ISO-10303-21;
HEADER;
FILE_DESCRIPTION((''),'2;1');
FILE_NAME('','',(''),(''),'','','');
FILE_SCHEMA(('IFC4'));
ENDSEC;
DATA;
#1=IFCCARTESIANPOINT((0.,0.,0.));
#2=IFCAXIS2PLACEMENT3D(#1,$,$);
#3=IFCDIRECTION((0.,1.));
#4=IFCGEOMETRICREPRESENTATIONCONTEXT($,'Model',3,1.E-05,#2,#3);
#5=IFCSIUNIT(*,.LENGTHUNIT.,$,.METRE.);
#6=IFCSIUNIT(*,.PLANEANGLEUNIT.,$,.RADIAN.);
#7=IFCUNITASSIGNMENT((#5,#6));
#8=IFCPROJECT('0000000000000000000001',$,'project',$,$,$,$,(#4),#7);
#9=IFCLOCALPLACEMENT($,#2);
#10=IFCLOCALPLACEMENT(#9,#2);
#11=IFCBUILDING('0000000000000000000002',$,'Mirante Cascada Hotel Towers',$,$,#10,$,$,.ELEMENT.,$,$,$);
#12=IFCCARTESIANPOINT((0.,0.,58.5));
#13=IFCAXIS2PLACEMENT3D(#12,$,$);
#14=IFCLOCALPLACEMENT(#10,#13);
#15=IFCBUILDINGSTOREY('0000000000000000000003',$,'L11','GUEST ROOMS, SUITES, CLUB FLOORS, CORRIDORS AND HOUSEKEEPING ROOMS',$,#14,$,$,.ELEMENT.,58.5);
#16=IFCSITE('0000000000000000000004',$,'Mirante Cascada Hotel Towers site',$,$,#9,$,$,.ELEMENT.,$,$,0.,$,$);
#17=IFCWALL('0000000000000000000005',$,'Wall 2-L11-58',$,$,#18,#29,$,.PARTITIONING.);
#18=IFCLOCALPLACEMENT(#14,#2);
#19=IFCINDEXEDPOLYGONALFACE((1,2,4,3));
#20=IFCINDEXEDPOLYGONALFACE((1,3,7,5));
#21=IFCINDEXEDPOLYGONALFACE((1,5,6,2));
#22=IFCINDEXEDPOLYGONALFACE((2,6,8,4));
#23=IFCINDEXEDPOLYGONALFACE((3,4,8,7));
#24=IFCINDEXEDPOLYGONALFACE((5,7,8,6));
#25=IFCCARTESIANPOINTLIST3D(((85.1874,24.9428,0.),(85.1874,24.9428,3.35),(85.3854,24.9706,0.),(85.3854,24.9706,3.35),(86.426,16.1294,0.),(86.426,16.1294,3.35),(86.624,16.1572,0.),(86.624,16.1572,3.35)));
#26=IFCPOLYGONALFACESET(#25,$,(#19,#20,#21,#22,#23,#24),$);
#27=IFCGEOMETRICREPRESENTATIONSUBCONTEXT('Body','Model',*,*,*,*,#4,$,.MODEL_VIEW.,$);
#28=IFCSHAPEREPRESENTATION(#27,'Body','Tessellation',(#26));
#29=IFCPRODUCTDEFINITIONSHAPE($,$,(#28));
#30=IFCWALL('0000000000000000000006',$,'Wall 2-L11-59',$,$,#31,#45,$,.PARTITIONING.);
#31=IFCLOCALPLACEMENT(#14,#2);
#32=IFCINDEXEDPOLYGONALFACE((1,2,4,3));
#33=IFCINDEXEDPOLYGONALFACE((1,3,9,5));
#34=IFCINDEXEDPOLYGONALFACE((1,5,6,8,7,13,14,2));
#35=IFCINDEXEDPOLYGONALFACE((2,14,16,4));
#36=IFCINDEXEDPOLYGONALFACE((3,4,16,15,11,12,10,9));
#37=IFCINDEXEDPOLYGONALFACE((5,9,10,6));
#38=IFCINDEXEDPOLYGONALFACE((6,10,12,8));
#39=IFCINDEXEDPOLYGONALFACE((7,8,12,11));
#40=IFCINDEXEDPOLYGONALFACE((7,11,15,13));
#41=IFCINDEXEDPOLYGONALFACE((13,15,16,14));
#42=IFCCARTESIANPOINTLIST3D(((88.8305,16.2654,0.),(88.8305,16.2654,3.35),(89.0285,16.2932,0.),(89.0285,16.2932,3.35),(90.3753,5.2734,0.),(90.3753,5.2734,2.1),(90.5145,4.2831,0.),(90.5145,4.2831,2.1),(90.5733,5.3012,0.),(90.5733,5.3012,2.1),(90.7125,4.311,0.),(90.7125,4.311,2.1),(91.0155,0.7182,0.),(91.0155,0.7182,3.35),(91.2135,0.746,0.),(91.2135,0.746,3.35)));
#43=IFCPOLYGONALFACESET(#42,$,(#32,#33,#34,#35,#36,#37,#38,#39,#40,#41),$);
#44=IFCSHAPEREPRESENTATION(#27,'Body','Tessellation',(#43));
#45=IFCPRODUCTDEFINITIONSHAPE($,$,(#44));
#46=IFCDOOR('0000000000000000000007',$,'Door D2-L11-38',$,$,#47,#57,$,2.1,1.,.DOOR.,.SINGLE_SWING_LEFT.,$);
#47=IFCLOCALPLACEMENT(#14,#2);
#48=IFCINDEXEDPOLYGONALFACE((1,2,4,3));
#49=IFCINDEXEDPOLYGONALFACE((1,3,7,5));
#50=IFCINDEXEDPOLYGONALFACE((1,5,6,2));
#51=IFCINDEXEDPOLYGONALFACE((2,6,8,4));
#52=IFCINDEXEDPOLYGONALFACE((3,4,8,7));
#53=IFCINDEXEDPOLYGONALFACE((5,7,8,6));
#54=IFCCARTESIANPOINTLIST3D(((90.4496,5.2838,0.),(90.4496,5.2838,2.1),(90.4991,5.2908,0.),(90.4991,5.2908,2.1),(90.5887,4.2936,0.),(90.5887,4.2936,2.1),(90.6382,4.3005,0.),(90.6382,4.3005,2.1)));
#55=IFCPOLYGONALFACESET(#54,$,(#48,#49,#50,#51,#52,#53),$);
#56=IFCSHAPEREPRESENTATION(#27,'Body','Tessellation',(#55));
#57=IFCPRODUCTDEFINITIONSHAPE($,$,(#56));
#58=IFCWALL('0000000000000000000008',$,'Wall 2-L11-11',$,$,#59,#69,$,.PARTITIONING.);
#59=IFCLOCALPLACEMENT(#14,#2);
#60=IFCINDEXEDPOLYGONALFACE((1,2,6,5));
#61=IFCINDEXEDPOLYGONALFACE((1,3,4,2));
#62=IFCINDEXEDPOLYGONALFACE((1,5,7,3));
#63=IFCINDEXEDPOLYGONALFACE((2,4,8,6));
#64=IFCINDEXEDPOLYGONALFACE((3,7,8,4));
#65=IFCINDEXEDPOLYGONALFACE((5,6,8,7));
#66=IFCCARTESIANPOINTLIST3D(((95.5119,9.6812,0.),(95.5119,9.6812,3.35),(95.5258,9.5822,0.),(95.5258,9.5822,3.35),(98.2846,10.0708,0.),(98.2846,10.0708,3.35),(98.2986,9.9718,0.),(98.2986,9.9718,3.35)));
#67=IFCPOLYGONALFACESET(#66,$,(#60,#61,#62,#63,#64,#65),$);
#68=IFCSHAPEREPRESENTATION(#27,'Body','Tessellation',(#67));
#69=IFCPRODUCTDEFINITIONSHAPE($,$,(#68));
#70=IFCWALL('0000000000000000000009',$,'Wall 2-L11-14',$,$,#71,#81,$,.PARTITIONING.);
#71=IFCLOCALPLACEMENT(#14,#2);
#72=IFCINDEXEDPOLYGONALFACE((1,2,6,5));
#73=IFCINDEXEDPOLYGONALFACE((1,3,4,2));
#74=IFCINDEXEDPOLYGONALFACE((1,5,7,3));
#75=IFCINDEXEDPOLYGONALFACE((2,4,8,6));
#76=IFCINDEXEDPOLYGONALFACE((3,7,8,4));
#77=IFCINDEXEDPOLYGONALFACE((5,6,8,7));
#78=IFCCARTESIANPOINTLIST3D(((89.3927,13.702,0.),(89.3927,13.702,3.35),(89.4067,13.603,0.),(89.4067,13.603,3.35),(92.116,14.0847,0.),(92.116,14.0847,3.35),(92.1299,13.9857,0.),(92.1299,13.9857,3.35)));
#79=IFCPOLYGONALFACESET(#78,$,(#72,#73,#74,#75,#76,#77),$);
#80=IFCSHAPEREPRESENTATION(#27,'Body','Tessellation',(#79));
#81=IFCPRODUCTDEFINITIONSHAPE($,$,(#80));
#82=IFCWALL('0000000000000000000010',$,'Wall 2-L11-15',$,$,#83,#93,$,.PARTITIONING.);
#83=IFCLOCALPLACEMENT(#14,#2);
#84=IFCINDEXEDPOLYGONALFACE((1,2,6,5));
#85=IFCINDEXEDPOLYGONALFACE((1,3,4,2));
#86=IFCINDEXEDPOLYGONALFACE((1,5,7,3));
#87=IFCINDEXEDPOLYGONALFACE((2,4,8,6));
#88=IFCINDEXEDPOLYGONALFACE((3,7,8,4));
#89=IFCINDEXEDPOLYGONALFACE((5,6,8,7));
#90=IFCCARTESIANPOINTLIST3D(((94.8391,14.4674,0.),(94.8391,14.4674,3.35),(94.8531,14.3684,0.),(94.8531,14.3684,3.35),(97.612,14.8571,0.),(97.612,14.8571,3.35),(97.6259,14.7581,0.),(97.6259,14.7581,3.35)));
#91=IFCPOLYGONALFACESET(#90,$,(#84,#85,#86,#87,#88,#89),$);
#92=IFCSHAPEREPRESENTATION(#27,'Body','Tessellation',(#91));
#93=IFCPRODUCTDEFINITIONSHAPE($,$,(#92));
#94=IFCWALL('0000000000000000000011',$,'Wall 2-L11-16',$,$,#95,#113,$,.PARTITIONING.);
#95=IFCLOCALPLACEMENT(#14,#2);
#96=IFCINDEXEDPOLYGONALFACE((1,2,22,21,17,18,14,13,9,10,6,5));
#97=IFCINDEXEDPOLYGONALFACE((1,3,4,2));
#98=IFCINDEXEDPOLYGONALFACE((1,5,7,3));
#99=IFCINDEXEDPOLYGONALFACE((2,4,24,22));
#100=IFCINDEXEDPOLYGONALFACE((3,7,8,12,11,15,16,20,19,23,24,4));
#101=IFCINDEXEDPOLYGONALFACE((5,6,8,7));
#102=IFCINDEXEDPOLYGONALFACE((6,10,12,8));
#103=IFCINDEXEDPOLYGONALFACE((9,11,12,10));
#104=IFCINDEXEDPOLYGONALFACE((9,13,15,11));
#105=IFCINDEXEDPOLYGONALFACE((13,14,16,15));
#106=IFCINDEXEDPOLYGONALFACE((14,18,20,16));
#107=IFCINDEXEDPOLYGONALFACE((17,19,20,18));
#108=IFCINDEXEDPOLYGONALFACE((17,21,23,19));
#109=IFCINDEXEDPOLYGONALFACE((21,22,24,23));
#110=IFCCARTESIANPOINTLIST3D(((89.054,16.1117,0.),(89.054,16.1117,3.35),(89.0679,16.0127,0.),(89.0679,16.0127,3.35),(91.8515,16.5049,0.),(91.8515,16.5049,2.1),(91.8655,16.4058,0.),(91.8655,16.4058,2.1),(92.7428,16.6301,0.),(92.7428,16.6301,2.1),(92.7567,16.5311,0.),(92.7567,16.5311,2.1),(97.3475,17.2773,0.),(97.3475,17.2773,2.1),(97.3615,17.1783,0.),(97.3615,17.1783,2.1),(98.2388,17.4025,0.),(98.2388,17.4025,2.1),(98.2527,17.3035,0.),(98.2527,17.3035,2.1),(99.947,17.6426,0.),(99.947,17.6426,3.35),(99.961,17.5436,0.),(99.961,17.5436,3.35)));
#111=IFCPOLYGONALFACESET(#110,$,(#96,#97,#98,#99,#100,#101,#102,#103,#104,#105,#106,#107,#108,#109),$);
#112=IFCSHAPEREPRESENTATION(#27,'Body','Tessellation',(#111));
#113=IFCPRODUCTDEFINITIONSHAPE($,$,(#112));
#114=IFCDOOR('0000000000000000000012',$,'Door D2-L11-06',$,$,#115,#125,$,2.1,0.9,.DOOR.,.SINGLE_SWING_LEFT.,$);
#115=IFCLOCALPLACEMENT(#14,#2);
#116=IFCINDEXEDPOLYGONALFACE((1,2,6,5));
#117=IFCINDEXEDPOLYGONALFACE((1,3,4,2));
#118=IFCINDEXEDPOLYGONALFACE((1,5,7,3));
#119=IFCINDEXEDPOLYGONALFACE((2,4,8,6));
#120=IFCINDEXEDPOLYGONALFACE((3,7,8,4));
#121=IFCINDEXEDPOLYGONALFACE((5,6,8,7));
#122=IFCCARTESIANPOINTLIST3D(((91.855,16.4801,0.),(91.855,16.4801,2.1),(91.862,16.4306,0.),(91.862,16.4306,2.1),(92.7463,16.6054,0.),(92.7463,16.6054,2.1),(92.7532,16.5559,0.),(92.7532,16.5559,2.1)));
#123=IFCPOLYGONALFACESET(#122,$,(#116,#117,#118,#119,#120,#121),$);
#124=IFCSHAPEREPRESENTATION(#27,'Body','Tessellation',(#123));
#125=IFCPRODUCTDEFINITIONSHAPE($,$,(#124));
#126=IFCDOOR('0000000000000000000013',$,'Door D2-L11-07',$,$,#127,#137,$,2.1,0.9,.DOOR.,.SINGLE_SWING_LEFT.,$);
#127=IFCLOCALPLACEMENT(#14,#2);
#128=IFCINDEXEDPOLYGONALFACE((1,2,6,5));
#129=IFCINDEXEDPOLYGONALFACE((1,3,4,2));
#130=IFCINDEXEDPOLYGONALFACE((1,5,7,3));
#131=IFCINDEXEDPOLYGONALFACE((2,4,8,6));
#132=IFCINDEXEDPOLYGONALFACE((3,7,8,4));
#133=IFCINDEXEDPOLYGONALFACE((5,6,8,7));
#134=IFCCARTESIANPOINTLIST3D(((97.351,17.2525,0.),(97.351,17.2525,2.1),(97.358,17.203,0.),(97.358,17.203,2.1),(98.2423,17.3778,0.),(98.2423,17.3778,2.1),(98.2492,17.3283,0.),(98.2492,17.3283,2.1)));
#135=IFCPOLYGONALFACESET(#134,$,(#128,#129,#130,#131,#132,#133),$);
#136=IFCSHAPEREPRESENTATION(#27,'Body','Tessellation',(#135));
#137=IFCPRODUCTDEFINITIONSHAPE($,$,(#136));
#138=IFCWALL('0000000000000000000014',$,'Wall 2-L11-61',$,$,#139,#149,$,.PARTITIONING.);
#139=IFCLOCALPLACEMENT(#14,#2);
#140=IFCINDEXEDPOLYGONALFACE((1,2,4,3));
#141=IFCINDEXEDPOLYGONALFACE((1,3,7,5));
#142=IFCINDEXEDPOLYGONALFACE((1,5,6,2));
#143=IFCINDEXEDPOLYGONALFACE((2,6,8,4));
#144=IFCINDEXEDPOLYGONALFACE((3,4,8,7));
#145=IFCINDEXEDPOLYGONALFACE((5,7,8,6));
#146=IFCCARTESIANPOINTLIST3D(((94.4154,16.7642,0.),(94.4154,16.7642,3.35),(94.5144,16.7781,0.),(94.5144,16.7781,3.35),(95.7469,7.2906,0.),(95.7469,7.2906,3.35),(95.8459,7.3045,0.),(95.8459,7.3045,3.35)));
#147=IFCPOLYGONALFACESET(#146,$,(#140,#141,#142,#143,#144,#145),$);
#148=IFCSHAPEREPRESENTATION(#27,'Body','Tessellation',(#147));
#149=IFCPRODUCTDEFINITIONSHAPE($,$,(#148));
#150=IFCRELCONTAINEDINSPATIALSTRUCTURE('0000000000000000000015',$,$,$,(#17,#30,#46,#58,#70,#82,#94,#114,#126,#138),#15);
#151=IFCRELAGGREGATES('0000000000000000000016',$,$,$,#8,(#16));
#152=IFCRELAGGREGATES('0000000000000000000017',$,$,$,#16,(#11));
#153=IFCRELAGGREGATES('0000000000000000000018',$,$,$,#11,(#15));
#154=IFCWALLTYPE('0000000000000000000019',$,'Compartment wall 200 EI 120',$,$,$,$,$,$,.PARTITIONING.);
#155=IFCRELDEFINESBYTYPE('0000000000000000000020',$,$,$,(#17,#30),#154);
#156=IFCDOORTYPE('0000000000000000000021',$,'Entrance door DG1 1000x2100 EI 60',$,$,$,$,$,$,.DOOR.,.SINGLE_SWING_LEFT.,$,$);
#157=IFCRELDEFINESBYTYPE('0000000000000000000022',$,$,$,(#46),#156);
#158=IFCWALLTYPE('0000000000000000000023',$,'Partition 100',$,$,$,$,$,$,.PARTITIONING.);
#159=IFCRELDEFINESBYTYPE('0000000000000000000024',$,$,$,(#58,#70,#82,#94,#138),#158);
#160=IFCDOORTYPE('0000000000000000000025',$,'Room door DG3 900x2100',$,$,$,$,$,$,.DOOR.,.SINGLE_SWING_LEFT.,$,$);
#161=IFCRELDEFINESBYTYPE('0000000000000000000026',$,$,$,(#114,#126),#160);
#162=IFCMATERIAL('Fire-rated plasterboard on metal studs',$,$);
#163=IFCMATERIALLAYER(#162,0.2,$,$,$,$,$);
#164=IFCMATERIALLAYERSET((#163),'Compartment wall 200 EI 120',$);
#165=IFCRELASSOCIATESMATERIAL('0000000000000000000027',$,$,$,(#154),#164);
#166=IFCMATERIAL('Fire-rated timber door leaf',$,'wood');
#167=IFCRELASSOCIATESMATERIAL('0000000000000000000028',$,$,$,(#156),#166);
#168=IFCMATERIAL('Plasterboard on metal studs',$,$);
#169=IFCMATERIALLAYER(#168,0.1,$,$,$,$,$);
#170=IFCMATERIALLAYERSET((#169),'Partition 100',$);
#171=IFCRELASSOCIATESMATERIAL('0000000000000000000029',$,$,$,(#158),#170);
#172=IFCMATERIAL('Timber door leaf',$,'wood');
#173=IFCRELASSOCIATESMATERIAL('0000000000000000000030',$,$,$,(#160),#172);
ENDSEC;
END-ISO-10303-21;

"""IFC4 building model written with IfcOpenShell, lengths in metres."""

from ifc_helpers import new_model, si_unit, direction, frame, frame_2d, origin, place, context, subcontext, project, spatial, rectangle, extrude, material, layer, layer_set, type_object, element, fill, save


model = new_model("IFC4")

# Units and contexts
model_context = context("Model", 3, precision=1e-05, world=origin(), true_north=direction((0.0, 1.0)))
body_context = subcontext(model_context, "Body", "Model", "MODEL_VIEW")
ifc_project = project(units=[si_unit("LENGTHUNIT", "METRE"), si_unit("PLANEANGLEUNIT", "RADIAN")], contexts=[model_context])

# Site, building, storey
site_placement = place(None, origin())
site = spatial("IfcSite", under=ifc_project, at=site_placement, Name="Mirante Cascada Hotel Towers site", CompositionType="ELEMENT", RefElevation=0.0)
building_placement = place(site_placement, origin())
building = spatial("IfcBuilding", under=site, at=building_placement, Name="Mirante Cascada Hotel Towers", CompositionType="ELEMENT")
storey_placement = place(building_placement, frame((0.0, 0.0, 58.5)))
storey = spatial("IfcBuildingStorey", under=building, at=storey_placement, Name="L11", Description="GUEST ROOMS, SUITES, CLUB FLOORS, CORRIDORS AND HOUSEKEEPING ROOMS", CompositionType="ELEMENT", Elevation=58.5)

# Shared definitions
ifc_material_1 = material(Name="Fire-rated plasterboard on metal studs")
ifc_layer_1 = layer(ifc_material_1, 0.2)
ifc_layer_set_1 = layer_set([ifc_layer_1], Name="Compartment wall 200 EI 120")
wall_type_1 = type_object("IfcWallType", Name="Compartment wall 200 EI 120", PredefinedType="PARTITIONING", material=ifc_layer_set_1)

# Shared definitions
ifc_material_2 = material(Name="Fire-rated timber door leaf", Category="wood")
door_type_1 = type_object("IfcDoorType", Name="Entrance door DG1 1000x2100 EI 60", OperationType="SINGLE_SWING_LEFT", PredefinedType="DOOR", material=ifc_material_2)

# Wall
wall_1_placement = place(storey_placement, frame((86.525, 16.1433, 0.0), z_axis=(0.0, 0.0, 1.0), x_axis=(-0.139168, 0.990269, 0.0)))
element("IfcWall", 1, at=wall_1_placement, inside=storey, type_object=wall_type_1, Name="Wall 2-L11-58", PredefinedType="PARTITIONING", context=body_context, shape_type="SweptSolid", body=[
    extrude(rectangle(XDim=8.9, YDim=0.2, at=frame_2d((4.45, 0.0))), origin(), (0.0, 0.0, 1.0), 3.35),
])

# Wall, opening, door
wall_2_placement = place(storey_placement, frame((88.9295, 16.2793, 0.0), z_axis=(0.0, 0.0, 1.0), x_axis=(0.139172, -0.990268, 0.0)))
wall_2 = element("IfcWall", 2, at=wall_2_placement, inside=storey, type_object=wall_type_1, Name="Wall 2-L11-59", PredefinedType="PARTITIONING", context=body_context, shape_type="SweptSolid", body=[
    extrude(rectangle(XDim=15.7, YDim=0.2, at=frame_2d((7.85, 0.0))), origin(), (0.0, 0.0, 1.0), 3.35),
])
opening_1_placement = place(wall_2_placement, frame((11.1, 0.0, 0.0)))
opening_1 = element("IfcOpeningElement", 3, at=opening_1_placement, cuts=wall_2, PredefinedType="OPENING", context=body_context, shape_type="SweptSolid", body=[
    extrude(rectangle(XDim=1.0, YDim=2.1, at=frame_2d((0.5, 1.05))), frame((0.0, 0.1, 0.0), z_axis=(0.0, -1.0, 0.0), x_axis=(1.0, 0.0, 0.0)), (0.0, 0.0, 1.0), 0.2),
])
door_1_placement = place(opening_1_placement, origin())
door_1 = element("IfcDoor", 4, at=door_1_placement, inside=storey, type_object=door_type_1, Name="Door D2-L11-38", OperationType="SINGLE_SWING_LEFT", OverallHeight=2.1, OverallWidth=1.0, PredefinedType="DOOR", context=body_context, shape_type="SweptSolid", body=[
    extrude(rectangle(XDim=1.0, YDim=2.1, at=frame_2d((0.5, 1.05))), frame((0.0, 0.025, 0.0), z_axis=(0.0, -1.0, 0.0), x_axis=(1.0, 0.0, 0.0)), (0.0, 0.0, 1.0), 0.05),
])
fill(opening_1, door_1)

# Walls
ifc_material_3 = material(Name="Plasterboard on metal studs")
ifc_layer_2 = layer(ifc_material_3, 0.1)
ifc_layer_set_2 = layer_set([ifc_layer_2], Name="Partition 100")
wall_type_2 = type_object("IfcWallType", Name="Partition 100", PredefinedType="PARTITIONING", material=ifc_layer_set_2)
wall_3_placement = place(storey_placement, frame((98.2916, 10.0213, 0.0), z_axis=(0.0, 0.0, 1.0), x_axis=(-0.990273, -0.139141, 0.0)))
element("IfcWall", 5, at=wall_3_placement, inside=storey, type_object=wall_type_2, Name="Wall 2-L11-11", PredefinedType="PARTITIONING", context=body_context, shape_type="SweptSolid", body=[
    extrude(rectangle(XDim=2.8, YDim=0.1, at=frame_2d((1.4, 0.0))), origin(), (0.0, 0.0, 1.0), 3.35),
])
wall_4_placement = place(storey_placement, frame((89.3997, 13.6525, 0.0), z_axis=(0.0, 0.0, 1.0), x_axis=(0.990269, 0.139166, 0.0)))
element("IfcWall", 6, at=wall_4_placement, inside=storey, type_object=wall_type_2, Name="Wall 2-L11-14", PredefinedType="PARTITIONING", context=body_context, shape_type="SweptSolid", body=[
    extrude(rectangle(XDim=2.75, YDim=0.1, at=frame_2d((1.375, 0.0))), origin(), (0.0, 0.0, 1.0), 3.35),
])
wall_5_placement = place(storey_placement, frame((97.6189, 14.8076, 0.0), z_axis=(0.0, 0.0, 1.0), x_axis=(-0.990268, -0.139176, 0.0)))
element("IfcWall", 7, at=wall_5_placement, inside=storey, type_object=wall_type_2, Name="Wall 2-L11-15", PredefinedType="PARTITIONING", context=body_context, shape_type="SweptSolid", body=[
    extrude(rectangle(XDim=2.8001, YDim=0.1, at=frame_2d((1.4, 0.0))), origin(), (0.0, 0.0, 1.0), 3.35),
])

# Wall, openings, doors
wall_6_placement = place(storey_placement, frame((89.061, 16.0622, 0.0), z_axis=(0.0, 0.0, 1.0), x_axis=(0.990268, 0.139172, 0.0)))
wall_6 = element("IfcWall", 8, at=wall_6_placement, inside=storey, type_object=wall_type_2, Name="Wall 2-L11-16", PredefinedType="PARTITIONING", context=body_context, shape_type="SweptSolid", body=[
    extrude(rectangle(XDim=11.0001, YDim=0.1, at=frame_2d((5.5, 0.0))), origin(), (0.0, 0.0, 1.0), 3.35),
])
opening_2_placement = place(wall_6_placement, frame((2.825, 0.0, 0.0)))
opening_2 = element("IfcOpeningElement", 9, at=opening_2_placement, cuts=wall_6, PredefinedType="OPENING", context=body_context, shape_type="SweptSolid", body=[
    extrude(rectangle(XDim=0.9, YDim=2.1, at=frame_2d((0.45, 1.05))), frame((0.0, 0.05, 0.0), z_axis=(0.0, -1.0, 0.0), x_axis=(1.0, 0.0, 0.0)), (0.0, 0.0, 1.0), 0.1),
])
opening_3_placement = place(wall_6_placement, frame((8.375, 0.0, 0.0)))
opening_3 = element("IfcOpeningElement", 10, at=opening_3_placement, cuts=wall_6, PredefinedType="OPENING", context=body_context, shape_type="SweptSolid", body=[
    extrude(rectangle(XDim=0.9, YDim=2.1, at=frame_2d((0.45, 1.05))), frame((0.0, 0.05, 0.0), z_axis=(0.0, -1.0, 0.0), x_axis=(1.0, 0.0, 0.0)), (0.0, 0.0, 1.0), 0.1),
])
ifc_material_4 = material(Name="Timber door leaf", Category="wood")
door_type_2 = type_object("IfcDoorType", Name="Room door DG3 900x2100", OperationType="SINGLE_SWING_LEFT", PredefinedType="DOOR", material=ifc_material_4)
door_2_placement = place(opening_2_placement, origin())
door_2 = element("IfcDoor", 11, at=door_2_placement, inside=storey, type_object=door_type_2, Name="Door D2-L11-06", OperationType="SINGLE_SWING_LEFT", OverallHeight=2.1, OverallWidth=0.9, PredefinedType="DOOR", context=body_context, shape_type="SweptSolid", body=[
    extrude(rectangle(XDim=0.9, YDim=2.1, at=frame_2d((0.45, 1.05))), frame((0.0, 0.025, 0.0), z_axis=(0.0, -1.0, 0.0), x_axis=(1.0, 0.0, 0.0)), (0.0, 0.0, 1.0), 0.05),
])
fill(opening_2, door_2)
door_3_placement = place(opening_3_placement, origin())
door_3 = element("IfcDoor", 12, at=door_3_placement, inside=storey, type_object=door_type_2, Name="Door D2-L11-07", OperationType="SINGLE_SWING_LEFT", OverallHeight=2.1, OverallWidth=0.9, PredefinedType="DOOR", context=body_context, shape_type="SweptSolid", body=[
    extrude(rectangle(XDim=0.9, YDim=2.1, at=frame_2d((0.45, 1.05))), frame((0.0, 0.025, 0.0), z_axis=(0.0, -1.0, 0.0), x_axis=(1.0, 0.0, 0.0)), (0.0, 0.0, 1.0), 0.05),
])
fill(opening_3, door_3)

# Wall
wall_7_placement = place(storey_placement, frame((94.4649, 16.7712, 0.0), z_axis=(0.0, 0.0, 1.0), x_axis=(0.139181, -0.990267, 0.0)))
element("IfcWall", 13, at=wall_7_placement, inside=storey, type_object=wall_type_2, Name="Wall 2-L11-61", PredefinedType="PARTITIONING", context=body_context, shape_type="SweptSolid", body=[
    extrude(rectangle(XDim=9.5667, YDim=0.1, at=frame_2d((4.7834, 0.0))), origin(), (0.0, 0.0, 1.0), 3.35),
])

save(model, "model.ifc")
